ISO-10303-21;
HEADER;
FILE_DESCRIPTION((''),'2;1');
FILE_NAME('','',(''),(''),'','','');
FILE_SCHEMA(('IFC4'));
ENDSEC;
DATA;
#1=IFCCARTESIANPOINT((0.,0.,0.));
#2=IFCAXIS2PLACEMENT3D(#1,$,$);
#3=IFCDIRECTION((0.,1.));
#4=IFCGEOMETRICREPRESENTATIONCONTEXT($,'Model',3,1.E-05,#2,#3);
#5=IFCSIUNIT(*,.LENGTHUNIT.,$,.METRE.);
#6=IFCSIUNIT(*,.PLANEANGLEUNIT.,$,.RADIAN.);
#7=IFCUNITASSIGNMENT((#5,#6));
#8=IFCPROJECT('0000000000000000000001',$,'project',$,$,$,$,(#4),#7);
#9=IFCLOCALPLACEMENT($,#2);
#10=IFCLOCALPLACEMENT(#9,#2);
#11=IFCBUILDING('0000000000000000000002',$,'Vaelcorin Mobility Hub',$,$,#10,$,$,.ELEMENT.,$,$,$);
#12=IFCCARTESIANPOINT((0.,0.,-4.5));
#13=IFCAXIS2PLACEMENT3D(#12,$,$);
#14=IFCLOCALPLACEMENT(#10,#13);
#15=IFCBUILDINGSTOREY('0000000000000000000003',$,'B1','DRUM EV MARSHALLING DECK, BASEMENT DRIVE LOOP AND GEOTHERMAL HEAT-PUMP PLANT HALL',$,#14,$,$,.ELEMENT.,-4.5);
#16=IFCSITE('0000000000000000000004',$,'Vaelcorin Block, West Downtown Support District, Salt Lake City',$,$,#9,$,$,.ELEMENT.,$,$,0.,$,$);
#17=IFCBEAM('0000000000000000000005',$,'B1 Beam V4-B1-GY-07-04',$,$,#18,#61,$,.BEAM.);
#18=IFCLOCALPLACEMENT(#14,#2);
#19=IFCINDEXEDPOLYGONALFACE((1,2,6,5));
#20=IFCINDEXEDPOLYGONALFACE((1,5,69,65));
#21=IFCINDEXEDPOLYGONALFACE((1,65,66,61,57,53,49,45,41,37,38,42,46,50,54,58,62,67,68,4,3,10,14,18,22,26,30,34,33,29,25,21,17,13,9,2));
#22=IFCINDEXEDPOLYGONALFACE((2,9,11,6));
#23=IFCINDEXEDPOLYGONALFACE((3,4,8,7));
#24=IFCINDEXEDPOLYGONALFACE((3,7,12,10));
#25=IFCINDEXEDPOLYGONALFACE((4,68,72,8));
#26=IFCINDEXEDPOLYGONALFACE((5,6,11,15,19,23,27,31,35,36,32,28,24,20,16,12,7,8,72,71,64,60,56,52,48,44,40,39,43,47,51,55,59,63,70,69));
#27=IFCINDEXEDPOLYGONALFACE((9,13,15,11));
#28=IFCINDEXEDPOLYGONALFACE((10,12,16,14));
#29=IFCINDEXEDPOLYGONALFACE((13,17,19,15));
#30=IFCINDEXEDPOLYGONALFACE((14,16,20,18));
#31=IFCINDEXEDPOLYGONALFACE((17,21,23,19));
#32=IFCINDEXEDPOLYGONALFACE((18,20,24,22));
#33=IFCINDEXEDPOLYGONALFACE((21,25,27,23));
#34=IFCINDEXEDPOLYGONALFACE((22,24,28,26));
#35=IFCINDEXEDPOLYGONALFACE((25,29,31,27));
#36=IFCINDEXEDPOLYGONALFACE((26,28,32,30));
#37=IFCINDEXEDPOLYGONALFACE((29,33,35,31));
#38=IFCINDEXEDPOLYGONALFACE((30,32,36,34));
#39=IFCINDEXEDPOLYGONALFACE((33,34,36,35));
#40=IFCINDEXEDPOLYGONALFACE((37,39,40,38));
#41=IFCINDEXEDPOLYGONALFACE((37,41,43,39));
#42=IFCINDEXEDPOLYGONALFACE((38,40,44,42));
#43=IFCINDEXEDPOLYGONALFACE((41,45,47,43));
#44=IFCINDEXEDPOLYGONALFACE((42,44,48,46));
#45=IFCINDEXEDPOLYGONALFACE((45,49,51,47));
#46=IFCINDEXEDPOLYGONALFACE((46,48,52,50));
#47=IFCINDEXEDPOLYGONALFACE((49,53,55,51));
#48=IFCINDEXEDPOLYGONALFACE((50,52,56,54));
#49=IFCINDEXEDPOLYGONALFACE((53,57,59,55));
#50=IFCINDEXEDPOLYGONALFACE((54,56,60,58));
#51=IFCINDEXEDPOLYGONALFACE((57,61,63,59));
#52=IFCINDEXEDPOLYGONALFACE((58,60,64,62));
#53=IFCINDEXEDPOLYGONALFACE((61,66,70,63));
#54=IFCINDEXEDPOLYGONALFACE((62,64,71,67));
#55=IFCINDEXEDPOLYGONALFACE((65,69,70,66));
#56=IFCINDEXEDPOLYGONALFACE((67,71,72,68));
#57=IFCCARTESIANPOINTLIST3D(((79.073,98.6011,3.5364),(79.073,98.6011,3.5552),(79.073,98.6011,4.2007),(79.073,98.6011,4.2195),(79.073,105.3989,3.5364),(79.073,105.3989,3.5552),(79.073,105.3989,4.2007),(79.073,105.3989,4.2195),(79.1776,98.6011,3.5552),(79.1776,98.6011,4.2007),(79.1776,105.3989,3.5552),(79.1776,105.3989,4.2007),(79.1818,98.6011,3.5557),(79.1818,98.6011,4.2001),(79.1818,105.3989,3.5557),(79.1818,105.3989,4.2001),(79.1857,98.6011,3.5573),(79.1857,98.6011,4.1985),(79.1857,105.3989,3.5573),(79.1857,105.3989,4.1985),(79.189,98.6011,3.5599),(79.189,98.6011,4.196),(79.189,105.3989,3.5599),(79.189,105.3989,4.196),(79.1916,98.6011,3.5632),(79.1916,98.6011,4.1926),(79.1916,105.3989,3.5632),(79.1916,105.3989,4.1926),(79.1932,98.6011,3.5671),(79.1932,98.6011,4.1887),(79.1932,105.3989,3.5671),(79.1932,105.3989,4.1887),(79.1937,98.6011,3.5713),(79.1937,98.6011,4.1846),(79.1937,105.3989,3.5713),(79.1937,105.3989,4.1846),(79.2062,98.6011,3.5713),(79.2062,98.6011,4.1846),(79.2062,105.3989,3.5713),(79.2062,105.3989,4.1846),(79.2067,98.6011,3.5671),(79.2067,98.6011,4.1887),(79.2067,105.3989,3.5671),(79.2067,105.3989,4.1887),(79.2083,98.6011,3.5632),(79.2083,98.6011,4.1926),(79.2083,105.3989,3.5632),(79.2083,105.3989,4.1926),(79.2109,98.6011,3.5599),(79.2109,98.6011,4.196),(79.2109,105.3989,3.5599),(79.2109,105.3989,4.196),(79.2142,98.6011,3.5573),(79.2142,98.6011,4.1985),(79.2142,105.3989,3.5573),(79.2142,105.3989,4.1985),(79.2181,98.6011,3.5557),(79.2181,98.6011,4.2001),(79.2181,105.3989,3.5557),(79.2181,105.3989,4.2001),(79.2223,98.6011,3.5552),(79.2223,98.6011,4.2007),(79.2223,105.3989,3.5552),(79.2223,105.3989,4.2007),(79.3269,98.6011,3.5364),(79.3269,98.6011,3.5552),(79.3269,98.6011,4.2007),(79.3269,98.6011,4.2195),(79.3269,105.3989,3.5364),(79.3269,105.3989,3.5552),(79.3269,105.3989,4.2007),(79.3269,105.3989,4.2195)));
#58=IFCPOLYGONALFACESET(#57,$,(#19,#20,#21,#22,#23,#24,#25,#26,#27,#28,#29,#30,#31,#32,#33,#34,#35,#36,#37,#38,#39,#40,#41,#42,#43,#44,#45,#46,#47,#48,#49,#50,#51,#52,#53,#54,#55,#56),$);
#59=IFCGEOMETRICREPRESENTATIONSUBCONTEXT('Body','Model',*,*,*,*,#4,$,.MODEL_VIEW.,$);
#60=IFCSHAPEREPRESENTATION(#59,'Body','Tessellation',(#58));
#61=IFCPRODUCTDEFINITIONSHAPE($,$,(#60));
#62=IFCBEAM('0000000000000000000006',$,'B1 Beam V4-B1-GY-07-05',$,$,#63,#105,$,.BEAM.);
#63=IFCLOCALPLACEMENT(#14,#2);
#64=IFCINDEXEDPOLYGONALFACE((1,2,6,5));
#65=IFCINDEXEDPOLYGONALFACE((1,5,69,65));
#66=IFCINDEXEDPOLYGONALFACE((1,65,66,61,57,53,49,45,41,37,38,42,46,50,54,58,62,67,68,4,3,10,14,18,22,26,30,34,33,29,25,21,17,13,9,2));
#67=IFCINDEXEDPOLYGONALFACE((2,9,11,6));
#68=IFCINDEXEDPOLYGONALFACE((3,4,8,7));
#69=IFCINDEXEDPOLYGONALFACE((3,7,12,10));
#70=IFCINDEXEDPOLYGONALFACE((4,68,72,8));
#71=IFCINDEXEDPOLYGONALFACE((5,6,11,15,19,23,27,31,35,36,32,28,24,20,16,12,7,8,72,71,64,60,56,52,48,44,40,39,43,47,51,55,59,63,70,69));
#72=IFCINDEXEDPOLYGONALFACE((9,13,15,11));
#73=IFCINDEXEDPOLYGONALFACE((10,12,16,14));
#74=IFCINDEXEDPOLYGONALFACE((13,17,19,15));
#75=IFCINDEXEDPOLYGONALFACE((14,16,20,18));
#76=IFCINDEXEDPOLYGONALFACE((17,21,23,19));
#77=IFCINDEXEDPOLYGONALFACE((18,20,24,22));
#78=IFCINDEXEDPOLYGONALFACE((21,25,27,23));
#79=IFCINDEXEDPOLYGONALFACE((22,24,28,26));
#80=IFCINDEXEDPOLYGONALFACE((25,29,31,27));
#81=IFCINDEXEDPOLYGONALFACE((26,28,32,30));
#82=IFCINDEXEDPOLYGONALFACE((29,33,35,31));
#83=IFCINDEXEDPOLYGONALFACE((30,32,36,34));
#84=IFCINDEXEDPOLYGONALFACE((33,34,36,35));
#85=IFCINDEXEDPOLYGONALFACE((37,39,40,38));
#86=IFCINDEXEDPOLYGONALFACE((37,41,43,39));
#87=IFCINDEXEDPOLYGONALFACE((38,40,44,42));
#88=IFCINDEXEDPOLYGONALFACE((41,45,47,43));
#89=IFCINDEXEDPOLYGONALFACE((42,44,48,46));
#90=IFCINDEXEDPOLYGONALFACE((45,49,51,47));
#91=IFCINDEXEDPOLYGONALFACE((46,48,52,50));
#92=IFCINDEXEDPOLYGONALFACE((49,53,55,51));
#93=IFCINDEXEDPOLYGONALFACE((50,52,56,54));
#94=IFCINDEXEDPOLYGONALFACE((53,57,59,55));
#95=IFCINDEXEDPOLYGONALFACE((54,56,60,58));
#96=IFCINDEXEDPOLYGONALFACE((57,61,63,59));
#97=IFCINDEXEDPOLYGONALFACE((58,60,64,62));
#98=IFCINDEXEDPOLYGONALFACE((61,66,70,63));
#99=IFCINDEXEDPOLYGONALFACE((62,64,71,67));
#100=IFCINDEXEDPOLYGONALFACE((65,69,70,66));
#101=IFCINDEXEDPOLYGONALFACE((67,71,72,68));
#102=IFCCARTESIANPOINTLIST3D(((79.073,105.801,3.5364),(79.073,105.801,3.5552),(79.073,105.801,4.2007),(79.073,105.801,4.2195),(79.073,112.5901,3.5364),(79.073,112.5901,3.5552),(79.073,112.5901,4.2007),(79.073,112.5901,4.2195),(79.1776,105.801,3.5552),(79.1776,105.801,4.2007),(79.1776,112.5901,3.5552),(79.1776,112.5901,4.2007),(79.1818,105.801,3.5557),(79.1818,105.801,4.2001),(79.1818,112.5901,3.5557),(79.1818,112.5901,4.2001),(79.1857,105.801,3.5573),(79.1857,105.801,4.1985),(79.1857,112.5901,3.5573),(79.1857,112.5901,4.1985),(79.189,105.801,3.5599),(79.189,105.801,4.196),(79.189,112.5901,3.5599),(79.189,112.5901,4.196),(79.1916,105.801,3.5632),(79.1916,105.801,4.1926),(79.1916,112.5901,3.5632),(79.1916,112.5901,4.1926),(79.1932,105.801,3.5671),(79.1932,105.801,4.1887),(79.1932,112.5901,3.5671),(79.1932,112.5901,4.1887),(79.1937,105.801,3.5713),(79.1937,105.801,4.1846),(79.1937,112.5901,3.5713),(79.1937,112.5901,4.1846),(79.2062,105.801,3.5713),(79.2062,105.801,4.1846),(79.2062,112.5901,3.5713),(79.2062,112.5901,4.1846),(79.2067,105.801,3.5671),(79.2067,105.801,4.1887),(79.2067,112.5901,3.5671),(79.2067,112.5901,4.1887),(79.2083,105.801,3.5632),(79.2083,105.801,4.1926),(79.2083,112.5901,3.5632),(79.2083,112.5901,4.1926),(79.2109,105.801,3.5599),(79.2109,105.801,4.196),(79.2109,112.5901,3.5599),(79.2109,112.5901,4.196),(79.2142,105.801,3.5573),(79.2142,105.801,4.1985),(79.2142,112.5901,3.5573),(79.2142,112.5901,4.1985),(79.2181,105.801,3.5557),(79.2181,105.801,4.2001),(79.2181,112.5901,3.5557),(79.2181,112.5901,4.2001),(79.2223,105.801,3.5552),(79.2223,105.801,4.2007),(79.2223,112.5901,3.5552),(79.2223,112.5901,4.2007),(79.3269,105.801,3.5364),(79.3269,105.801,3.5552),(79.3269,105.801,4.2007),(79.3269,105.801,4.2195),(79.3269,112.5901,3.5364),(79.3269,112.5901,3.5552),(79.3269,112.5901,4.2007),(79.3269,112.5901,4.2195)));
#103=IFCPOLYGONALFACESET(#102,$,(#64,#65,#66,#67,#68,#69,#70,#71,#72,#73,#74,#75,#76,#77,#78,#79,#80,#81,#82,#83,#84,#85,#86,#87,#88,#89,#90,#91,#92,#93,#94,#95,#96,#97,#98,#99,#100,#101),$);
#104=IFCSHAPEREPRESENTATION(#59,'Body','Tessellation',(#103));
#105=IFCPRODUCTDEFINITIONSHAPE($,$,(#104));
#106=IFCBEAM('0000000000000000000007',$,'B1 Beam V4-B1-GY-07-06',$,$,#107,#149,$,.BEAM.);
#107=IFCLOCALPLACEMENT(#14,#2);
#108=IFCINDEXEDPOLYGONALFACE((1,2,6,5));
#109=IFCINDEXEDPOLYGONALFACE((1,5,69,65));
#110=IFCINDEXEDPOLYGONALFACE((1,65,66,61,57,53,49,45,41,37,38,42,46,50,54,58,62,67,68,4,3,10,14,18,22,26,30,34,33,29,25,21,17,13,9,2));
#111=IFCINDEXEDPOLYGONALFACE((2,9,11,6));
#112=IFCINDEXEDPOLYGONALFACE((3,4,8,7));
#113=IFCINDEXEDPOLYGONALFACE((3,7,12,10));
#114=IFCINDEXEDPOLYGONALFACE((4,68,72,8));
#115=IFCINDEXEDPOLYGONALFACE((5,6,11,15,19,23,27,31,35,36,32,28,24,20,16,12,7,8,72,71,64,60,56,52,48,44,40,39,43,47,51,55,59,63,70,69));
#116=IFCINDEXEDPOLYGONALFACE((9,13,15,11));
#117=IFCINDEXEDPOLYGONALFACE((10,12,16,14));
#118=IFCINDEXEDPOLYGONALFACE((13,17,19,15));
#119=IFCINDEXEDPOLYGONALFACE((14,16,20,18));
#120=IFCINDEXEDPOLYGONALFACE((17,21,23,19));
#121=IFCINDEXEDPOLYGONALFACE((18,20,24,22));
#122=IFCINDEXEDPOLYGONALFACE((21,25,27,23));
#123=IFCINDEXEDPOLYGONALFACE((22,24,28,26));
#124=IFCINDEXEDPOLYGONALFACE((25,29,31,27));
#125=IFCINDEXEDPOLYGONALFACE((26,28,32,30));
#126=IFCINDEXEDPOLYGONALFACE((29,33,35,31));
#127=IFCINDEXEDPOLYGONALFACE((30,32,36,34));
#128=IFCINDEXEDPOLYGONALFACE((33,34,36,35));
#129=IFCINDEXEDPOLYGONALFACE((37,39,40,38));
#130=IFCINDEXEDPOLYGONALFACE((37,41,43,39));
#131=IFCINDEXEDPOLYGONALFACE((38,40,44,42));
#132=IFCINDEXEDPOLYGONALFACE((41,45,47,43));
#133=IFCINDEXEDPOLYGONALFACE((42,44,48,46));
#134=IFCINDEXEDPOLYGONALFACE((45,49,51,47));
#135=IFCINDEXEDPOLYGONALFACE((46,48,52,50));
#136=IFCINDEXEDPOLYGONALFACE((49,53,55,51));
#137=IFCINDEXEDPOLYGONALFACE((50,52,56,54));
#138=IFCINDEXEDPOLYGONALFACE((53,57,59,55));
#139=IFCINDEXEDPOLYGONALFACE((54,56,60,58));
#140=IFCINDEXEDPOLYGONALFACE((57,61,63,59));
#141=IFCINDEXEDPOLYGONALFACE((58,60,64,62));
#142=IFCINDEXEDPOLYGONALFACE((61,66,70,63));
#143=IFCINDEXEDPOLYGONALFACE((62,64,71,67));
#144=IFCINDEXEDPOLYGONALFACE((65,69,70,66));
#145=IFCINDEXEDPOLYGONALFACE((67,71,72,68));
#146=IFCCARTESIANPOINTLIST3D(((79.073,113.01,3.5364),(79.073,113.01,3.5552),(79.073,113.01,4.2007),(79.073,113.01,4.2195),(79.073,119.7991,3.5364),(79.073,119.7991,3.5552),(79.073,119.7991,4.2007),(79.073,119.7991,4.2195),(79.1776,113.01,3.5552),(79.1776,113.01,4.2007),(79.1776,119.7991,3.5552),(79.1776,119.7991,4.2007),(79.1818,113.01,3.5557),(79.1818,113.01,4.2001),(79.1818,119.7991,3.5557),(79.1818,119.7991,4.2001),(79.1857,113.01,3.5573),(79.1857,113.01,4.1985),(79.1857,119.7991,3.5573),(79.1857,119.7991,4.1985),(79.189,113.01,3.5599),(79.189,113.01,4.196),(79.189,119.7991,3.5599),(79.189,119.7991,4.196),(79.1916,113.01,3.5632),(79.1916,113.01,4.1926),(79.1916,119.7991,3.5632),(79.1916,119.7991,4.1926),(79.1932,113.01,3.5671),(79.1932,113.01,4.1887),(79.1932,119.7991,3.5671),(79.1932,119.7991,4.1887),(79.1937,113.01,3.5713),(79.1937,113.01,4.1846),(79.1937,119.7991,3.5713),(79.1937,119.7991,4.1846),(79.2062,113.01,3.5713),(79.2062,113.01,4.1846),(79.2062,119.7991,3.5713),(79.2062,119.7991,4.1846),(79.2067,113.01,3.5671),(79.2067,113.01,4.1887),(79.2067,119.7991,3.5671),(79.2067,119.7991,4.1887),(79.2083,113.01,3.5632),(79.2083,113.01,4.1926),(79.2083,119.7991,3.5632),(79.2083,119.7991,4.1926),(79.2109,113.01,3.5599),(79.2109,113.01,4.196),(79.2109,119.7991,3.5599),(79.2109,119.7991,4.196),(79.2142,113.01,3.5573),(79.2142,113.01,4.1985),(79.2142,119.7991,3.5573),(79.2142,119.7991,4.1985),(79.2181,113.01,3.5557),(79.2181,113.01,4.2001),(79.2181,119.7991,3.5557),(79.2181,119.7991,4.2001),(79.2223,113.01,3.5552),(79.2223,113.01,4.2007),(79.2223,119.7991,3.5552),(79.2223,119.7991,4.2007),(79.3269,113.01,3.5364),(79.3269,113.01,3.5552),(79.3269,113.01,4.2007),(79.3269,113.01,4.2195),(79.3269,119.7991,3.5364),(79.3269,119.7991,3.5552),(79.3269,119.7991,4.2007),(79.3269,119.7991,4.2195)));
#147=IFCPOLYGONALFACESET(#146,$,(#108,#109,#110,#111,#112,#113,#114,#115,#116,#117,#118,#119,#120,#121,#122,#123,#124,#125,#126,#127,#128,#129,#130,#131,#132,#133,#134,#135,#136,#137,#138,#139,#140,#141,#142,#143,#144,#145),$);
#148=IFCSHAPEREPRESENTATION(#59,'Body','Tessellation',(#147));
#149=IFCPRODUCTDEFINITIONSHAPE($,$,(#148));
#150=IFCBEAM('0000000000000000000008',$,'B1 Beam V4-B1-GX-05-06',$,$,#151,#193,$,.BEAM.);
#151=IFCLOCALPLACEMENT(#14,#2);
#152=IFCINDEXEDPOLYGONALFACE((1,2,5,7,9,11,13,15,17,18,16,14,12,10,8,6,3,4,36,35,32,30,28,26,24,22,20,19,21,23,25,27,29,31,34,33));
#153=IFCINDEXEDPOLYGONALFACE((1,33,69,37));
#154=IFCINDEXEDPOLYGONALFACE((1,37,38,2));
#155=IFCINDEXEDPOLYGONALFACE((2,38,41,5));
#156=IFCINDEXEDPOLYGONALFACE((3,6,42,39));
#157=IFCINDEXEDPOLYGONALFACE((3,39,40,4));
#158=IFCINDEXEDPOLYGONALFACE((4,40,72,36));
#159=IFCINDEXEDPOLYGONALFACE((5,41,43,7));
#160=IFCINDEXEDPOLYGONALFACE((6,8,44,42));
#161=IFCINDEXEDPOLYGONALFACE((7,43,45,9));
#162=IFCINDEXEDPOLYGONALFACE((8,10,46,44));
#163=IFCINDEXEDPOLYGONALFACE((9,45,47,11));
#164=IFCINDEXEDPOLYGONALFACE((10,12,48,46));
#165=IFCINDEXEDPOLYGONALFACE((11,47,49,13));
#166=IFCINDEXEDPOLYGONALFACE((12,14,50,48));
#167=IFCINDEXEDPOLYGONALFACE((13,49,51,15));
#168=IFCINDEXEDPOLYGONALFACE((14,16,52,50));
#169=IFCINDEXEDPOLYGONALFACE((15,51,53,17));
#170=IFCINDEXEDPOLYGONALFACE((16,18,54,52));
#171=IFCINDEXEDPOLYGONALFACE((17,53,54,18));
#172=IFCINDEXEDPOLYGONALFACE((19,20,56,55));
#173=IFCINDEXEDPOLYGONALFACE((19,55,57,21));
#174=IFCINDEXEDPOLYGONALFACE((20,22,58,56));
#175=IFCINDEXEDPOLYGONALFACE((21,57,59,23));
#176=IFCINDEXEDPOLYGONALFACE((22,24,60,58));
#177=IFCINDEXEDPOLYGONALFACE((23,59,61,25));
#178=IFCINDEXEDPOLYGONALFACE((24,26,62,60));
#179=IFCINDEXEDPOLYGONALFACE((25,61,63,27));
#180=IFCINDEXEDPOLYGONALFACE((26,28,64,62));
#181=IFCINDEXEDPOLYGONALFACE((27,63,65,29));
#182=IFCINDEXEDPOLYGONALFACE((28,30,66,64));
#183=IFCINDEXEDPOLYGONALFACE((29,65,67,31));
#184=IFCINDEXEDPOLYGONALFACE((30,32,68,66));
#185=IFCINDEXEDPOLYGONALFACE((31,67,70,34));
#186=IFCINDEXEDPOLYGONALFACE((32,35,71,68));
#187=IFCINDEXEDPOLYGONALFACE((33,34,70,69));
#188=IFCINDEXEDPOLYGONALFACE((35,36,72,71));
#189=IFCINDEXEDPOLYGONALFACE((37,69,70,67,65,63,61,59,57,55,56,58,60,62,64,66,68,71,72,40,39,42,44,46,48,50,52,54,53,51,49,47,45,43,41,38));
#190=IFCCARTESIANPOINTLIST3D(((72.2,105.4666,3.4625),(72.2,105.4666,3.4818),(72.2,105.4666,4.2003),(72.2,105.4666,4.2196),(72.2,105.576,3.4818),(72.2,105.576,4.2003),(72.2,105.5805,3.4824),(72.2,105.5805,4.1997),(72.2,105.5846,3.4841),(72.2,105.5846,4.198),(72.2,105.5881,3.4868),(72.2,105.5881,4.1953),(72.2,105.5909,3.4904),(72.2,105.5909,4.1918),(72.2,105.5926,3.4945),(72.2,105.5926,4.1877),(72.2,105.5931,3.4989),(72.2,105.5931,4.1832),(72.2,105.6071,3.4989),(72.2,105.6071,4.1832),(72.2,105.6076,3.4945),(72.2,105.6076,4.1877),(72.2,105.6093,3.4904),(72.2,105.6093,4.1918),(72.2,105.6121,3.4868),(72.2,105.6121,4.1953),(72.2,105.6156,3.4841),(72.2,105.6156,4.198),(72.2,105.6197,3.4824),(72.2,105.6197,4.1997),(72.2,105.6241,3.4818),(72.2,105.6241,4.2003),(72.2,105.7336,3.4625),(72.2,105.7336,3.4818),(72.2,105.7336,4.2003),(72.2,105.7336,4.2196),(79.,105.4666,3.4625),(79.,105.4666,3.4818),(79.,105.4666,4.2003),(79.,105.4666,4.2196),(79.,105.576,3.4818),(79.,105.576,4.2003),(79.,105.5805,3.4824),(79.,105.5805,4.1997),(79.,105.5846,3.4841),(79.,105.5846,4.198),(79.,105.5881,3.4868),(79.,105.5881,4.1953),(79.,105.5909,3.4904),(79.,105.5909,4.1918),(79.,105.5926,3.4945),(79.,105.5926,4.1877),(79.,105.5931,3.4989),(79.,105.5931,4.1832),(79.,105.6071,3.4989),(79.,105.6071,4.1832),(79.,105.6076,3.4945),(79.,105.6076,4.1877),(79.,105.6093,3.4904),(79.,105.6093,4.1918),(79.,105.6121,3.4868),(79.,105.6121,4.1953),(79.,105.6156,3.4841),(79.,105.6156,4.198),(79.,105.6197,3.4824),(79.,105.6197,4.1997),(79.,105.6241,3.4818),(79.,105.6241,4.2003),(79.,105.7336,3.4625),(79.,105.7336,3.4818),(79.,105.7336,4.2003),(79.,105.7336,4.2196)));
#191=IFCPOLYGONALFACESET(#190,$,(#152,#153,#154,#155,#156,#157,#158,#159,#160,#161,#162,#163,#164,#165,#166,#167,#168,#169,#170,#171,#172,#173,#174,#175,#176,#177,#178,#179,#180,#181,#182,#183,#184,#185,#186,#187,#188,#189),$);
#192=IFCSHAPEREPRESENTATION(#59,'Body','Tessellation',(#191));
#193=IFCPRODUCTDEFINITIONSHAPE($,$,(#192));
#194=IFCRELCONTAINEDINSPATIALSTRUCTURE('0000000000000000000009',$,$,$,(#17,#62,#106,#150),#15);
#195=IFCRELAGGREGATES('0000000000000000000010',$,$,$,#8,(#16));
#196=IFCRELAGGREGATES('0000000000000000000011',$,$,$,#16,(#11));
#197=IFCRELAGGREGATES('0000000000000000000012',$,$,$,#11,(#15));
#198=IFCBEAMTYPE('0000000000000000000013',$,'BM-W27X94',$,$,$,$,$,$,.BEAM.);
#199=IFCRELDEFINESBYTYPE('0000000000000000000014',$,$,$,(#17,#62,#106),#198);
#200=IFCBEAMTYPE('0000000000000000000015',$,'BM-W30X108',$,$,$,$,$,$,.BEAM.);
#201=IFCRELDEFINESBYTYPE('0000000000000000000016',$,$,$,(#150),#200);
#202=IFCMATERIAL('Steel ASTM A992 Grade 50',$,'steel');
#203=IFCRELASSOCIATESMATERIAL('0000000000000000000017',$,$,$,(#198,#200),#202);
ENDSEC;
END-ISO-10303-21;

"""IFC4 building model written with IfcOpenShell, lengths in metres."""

from ifc_helpers import new_model, si_unit, direction, frame, origin, origin_2d, place, context, subcontext, project, spatial, i_section, extrude, material, material_profile, profile_set, type_object, element, save


model = new_model("IFC4")

# Units and contexts
model_context = context("Model", 3, precision=1e-05, world=origin(), true_north=direction((0.0, 1.0)))
body_context = subcontext(model_context, "Body", "Model", "MODEL_VIEW")
ifc_project = project(units=[si_unit("LENGTHUNIT", "METRE"), si_unit("PLANEANGLEUNIT", "RADIAN")], contexts=[model_context])

# Site, building, storey
site_placement = place(None, origin())
site = spatial("IfcSite", under=ifc_project, at=site_placement, Name="Vaelcorin Block, West Downtown Support District, Salt Lake City", CompositionType="ELEMENT", RefElevation=0.0)
building_placement = place(site_placement, origin())
building = spatial("IfcBuilding", under=site, at=building_placement, Name="Vaelcorin Mobility Hub", CompositionType="ELEMENT")
storey_placement = place(building_placement, frame((0.0, 0.0, -4.5)))
storey = spatial("IfcBuildingStorey", under=building, at=storey_placement, Name="B1", Description="DRUM EV MARSHALLING DECK, BASEMENT DRIVE LOOP AND GEOTHERMAL HEAT-PUMP PLANT HALL", CompositionType="ELEMENT", Elevation=-4.5)

# Shared definitions
ifc_material_1 = material(Name="Steel ASTM A992 Grade 50", Category="steel")

# Beams
ifc_material_profile_1 = material_profile(ifc_material_1, i_section(OverallWidth=0.2539, OverallDepth=0.6831, WebThickness=0.0125, FlangeThickness=0.0188, FilletRadius=0.0161, at=origin_2d()), Name="W27X94")
ifc_profile_set_1 = profile_set([ifc_material_profile_1], Name="Steel ASTM A992 Grade 50")
beam_type_1 = type_object("IfcBeamType", Name="BM-W27X94", PredefinedType="BEAM", material=ifc_profile_set_1)
beam_1_placement = place(storey_placement, frame((79.2, 98.6011, 3.8779), z_axis=(0.0, 1.0, 0.0), x_axis=(-1.0, 0.0, 0.0)))
element("IfcBeam", 1, at=beam_1_placement, inside=storey, type_object=beam_type_1, Name="B1 Beam V4-B1-GY-07-04", PredefinedType="BEAM", context=body_context, shape_type="SweptSolid", body=[
    extrude(i_section(OverallWidth=0.2539, OverallDepth=0.6831, WebThickness=0.0125, FlangeThickness=0.0188, FilletRadius=0.0161, at=origin_2d()), origin(), (0.0, 0.0, 1.0), 6.7979),
])
for number, where, z_axis, x_axis, name in (
    (2, (79.2, 105.801, 3.8779), (0.0, 1.0, 0.0), (-1.0, 0.0, 0.0), "B1 Beam V4-B1-GY-07-05"),
    (3, (79.2, 113.01, 3.8779), (0.0, 1.0, 0.0), (-1.0, 0.0, 0.0), "B1 Beam V4-B1-GY-07-06"),
):
    element("IfcBeam", number, at=place(storey_placement, frame(where, z_axis=z_axis, x_axis=x_axis)), inside=storey, type_object=beam_type_1, Name=name, PredefinedType="BEAM", context=body_context, shape_type="SweptSolid", body=[
        extrude(i_section(OverallWidth=0.2539, OverallDepth=0.6831, WebThickness=0.0125, FlangeThickness=0.0188, FilletRadius=0.0161, at=origin_2d()), origin(), (0.0, 0.0, 1.0), 6.7891),
    ])
ifc_material_profile_2 = material_profile(ifc_material_1, i_section(OverallWidth=0.2671, OverallDepth=0.7571, WebThickness=0.0139, FlangeThickness=0.0193, FilletRadius=0.0171, at=origin_2d()), Name="W30X108")
ifc_profile_set_2 = profile_set([ifc_material_profile_2], Name="Steel ASTM A992 Grade 50")
beam_type_2 = type_object("IfcBeamType", Name="BM-W30X108", PredefinedType="BEAM", material=ifc_profile_set_2)
beam_2_placement = place(storey_placement, frame((72.2, 105.6001, 3.8411), z_axis=(1.0, 0.0, 0.0), x_axis=(0.0, 1.0, 0.0)))
element("IfcBeam", 4, at=beam_2_placement, inside=storey, type_object=beam_type_2, Name="B1 Beam V4-B1-GX-05-06", PredefinedType="BEAM", context=body_context, shape_type="SweptSolid", body=[
    extrude(i_section(OverallWidth=0.2671, OverallDepth=0.7571, WebThickness=0.0139, FlangeThickness=0.0193, FilletRadius=0.0171, at=origin_2d()), origin(), (0.0, 0.0, 1.0), 6.8),
])

save(model, "model.ifc")
